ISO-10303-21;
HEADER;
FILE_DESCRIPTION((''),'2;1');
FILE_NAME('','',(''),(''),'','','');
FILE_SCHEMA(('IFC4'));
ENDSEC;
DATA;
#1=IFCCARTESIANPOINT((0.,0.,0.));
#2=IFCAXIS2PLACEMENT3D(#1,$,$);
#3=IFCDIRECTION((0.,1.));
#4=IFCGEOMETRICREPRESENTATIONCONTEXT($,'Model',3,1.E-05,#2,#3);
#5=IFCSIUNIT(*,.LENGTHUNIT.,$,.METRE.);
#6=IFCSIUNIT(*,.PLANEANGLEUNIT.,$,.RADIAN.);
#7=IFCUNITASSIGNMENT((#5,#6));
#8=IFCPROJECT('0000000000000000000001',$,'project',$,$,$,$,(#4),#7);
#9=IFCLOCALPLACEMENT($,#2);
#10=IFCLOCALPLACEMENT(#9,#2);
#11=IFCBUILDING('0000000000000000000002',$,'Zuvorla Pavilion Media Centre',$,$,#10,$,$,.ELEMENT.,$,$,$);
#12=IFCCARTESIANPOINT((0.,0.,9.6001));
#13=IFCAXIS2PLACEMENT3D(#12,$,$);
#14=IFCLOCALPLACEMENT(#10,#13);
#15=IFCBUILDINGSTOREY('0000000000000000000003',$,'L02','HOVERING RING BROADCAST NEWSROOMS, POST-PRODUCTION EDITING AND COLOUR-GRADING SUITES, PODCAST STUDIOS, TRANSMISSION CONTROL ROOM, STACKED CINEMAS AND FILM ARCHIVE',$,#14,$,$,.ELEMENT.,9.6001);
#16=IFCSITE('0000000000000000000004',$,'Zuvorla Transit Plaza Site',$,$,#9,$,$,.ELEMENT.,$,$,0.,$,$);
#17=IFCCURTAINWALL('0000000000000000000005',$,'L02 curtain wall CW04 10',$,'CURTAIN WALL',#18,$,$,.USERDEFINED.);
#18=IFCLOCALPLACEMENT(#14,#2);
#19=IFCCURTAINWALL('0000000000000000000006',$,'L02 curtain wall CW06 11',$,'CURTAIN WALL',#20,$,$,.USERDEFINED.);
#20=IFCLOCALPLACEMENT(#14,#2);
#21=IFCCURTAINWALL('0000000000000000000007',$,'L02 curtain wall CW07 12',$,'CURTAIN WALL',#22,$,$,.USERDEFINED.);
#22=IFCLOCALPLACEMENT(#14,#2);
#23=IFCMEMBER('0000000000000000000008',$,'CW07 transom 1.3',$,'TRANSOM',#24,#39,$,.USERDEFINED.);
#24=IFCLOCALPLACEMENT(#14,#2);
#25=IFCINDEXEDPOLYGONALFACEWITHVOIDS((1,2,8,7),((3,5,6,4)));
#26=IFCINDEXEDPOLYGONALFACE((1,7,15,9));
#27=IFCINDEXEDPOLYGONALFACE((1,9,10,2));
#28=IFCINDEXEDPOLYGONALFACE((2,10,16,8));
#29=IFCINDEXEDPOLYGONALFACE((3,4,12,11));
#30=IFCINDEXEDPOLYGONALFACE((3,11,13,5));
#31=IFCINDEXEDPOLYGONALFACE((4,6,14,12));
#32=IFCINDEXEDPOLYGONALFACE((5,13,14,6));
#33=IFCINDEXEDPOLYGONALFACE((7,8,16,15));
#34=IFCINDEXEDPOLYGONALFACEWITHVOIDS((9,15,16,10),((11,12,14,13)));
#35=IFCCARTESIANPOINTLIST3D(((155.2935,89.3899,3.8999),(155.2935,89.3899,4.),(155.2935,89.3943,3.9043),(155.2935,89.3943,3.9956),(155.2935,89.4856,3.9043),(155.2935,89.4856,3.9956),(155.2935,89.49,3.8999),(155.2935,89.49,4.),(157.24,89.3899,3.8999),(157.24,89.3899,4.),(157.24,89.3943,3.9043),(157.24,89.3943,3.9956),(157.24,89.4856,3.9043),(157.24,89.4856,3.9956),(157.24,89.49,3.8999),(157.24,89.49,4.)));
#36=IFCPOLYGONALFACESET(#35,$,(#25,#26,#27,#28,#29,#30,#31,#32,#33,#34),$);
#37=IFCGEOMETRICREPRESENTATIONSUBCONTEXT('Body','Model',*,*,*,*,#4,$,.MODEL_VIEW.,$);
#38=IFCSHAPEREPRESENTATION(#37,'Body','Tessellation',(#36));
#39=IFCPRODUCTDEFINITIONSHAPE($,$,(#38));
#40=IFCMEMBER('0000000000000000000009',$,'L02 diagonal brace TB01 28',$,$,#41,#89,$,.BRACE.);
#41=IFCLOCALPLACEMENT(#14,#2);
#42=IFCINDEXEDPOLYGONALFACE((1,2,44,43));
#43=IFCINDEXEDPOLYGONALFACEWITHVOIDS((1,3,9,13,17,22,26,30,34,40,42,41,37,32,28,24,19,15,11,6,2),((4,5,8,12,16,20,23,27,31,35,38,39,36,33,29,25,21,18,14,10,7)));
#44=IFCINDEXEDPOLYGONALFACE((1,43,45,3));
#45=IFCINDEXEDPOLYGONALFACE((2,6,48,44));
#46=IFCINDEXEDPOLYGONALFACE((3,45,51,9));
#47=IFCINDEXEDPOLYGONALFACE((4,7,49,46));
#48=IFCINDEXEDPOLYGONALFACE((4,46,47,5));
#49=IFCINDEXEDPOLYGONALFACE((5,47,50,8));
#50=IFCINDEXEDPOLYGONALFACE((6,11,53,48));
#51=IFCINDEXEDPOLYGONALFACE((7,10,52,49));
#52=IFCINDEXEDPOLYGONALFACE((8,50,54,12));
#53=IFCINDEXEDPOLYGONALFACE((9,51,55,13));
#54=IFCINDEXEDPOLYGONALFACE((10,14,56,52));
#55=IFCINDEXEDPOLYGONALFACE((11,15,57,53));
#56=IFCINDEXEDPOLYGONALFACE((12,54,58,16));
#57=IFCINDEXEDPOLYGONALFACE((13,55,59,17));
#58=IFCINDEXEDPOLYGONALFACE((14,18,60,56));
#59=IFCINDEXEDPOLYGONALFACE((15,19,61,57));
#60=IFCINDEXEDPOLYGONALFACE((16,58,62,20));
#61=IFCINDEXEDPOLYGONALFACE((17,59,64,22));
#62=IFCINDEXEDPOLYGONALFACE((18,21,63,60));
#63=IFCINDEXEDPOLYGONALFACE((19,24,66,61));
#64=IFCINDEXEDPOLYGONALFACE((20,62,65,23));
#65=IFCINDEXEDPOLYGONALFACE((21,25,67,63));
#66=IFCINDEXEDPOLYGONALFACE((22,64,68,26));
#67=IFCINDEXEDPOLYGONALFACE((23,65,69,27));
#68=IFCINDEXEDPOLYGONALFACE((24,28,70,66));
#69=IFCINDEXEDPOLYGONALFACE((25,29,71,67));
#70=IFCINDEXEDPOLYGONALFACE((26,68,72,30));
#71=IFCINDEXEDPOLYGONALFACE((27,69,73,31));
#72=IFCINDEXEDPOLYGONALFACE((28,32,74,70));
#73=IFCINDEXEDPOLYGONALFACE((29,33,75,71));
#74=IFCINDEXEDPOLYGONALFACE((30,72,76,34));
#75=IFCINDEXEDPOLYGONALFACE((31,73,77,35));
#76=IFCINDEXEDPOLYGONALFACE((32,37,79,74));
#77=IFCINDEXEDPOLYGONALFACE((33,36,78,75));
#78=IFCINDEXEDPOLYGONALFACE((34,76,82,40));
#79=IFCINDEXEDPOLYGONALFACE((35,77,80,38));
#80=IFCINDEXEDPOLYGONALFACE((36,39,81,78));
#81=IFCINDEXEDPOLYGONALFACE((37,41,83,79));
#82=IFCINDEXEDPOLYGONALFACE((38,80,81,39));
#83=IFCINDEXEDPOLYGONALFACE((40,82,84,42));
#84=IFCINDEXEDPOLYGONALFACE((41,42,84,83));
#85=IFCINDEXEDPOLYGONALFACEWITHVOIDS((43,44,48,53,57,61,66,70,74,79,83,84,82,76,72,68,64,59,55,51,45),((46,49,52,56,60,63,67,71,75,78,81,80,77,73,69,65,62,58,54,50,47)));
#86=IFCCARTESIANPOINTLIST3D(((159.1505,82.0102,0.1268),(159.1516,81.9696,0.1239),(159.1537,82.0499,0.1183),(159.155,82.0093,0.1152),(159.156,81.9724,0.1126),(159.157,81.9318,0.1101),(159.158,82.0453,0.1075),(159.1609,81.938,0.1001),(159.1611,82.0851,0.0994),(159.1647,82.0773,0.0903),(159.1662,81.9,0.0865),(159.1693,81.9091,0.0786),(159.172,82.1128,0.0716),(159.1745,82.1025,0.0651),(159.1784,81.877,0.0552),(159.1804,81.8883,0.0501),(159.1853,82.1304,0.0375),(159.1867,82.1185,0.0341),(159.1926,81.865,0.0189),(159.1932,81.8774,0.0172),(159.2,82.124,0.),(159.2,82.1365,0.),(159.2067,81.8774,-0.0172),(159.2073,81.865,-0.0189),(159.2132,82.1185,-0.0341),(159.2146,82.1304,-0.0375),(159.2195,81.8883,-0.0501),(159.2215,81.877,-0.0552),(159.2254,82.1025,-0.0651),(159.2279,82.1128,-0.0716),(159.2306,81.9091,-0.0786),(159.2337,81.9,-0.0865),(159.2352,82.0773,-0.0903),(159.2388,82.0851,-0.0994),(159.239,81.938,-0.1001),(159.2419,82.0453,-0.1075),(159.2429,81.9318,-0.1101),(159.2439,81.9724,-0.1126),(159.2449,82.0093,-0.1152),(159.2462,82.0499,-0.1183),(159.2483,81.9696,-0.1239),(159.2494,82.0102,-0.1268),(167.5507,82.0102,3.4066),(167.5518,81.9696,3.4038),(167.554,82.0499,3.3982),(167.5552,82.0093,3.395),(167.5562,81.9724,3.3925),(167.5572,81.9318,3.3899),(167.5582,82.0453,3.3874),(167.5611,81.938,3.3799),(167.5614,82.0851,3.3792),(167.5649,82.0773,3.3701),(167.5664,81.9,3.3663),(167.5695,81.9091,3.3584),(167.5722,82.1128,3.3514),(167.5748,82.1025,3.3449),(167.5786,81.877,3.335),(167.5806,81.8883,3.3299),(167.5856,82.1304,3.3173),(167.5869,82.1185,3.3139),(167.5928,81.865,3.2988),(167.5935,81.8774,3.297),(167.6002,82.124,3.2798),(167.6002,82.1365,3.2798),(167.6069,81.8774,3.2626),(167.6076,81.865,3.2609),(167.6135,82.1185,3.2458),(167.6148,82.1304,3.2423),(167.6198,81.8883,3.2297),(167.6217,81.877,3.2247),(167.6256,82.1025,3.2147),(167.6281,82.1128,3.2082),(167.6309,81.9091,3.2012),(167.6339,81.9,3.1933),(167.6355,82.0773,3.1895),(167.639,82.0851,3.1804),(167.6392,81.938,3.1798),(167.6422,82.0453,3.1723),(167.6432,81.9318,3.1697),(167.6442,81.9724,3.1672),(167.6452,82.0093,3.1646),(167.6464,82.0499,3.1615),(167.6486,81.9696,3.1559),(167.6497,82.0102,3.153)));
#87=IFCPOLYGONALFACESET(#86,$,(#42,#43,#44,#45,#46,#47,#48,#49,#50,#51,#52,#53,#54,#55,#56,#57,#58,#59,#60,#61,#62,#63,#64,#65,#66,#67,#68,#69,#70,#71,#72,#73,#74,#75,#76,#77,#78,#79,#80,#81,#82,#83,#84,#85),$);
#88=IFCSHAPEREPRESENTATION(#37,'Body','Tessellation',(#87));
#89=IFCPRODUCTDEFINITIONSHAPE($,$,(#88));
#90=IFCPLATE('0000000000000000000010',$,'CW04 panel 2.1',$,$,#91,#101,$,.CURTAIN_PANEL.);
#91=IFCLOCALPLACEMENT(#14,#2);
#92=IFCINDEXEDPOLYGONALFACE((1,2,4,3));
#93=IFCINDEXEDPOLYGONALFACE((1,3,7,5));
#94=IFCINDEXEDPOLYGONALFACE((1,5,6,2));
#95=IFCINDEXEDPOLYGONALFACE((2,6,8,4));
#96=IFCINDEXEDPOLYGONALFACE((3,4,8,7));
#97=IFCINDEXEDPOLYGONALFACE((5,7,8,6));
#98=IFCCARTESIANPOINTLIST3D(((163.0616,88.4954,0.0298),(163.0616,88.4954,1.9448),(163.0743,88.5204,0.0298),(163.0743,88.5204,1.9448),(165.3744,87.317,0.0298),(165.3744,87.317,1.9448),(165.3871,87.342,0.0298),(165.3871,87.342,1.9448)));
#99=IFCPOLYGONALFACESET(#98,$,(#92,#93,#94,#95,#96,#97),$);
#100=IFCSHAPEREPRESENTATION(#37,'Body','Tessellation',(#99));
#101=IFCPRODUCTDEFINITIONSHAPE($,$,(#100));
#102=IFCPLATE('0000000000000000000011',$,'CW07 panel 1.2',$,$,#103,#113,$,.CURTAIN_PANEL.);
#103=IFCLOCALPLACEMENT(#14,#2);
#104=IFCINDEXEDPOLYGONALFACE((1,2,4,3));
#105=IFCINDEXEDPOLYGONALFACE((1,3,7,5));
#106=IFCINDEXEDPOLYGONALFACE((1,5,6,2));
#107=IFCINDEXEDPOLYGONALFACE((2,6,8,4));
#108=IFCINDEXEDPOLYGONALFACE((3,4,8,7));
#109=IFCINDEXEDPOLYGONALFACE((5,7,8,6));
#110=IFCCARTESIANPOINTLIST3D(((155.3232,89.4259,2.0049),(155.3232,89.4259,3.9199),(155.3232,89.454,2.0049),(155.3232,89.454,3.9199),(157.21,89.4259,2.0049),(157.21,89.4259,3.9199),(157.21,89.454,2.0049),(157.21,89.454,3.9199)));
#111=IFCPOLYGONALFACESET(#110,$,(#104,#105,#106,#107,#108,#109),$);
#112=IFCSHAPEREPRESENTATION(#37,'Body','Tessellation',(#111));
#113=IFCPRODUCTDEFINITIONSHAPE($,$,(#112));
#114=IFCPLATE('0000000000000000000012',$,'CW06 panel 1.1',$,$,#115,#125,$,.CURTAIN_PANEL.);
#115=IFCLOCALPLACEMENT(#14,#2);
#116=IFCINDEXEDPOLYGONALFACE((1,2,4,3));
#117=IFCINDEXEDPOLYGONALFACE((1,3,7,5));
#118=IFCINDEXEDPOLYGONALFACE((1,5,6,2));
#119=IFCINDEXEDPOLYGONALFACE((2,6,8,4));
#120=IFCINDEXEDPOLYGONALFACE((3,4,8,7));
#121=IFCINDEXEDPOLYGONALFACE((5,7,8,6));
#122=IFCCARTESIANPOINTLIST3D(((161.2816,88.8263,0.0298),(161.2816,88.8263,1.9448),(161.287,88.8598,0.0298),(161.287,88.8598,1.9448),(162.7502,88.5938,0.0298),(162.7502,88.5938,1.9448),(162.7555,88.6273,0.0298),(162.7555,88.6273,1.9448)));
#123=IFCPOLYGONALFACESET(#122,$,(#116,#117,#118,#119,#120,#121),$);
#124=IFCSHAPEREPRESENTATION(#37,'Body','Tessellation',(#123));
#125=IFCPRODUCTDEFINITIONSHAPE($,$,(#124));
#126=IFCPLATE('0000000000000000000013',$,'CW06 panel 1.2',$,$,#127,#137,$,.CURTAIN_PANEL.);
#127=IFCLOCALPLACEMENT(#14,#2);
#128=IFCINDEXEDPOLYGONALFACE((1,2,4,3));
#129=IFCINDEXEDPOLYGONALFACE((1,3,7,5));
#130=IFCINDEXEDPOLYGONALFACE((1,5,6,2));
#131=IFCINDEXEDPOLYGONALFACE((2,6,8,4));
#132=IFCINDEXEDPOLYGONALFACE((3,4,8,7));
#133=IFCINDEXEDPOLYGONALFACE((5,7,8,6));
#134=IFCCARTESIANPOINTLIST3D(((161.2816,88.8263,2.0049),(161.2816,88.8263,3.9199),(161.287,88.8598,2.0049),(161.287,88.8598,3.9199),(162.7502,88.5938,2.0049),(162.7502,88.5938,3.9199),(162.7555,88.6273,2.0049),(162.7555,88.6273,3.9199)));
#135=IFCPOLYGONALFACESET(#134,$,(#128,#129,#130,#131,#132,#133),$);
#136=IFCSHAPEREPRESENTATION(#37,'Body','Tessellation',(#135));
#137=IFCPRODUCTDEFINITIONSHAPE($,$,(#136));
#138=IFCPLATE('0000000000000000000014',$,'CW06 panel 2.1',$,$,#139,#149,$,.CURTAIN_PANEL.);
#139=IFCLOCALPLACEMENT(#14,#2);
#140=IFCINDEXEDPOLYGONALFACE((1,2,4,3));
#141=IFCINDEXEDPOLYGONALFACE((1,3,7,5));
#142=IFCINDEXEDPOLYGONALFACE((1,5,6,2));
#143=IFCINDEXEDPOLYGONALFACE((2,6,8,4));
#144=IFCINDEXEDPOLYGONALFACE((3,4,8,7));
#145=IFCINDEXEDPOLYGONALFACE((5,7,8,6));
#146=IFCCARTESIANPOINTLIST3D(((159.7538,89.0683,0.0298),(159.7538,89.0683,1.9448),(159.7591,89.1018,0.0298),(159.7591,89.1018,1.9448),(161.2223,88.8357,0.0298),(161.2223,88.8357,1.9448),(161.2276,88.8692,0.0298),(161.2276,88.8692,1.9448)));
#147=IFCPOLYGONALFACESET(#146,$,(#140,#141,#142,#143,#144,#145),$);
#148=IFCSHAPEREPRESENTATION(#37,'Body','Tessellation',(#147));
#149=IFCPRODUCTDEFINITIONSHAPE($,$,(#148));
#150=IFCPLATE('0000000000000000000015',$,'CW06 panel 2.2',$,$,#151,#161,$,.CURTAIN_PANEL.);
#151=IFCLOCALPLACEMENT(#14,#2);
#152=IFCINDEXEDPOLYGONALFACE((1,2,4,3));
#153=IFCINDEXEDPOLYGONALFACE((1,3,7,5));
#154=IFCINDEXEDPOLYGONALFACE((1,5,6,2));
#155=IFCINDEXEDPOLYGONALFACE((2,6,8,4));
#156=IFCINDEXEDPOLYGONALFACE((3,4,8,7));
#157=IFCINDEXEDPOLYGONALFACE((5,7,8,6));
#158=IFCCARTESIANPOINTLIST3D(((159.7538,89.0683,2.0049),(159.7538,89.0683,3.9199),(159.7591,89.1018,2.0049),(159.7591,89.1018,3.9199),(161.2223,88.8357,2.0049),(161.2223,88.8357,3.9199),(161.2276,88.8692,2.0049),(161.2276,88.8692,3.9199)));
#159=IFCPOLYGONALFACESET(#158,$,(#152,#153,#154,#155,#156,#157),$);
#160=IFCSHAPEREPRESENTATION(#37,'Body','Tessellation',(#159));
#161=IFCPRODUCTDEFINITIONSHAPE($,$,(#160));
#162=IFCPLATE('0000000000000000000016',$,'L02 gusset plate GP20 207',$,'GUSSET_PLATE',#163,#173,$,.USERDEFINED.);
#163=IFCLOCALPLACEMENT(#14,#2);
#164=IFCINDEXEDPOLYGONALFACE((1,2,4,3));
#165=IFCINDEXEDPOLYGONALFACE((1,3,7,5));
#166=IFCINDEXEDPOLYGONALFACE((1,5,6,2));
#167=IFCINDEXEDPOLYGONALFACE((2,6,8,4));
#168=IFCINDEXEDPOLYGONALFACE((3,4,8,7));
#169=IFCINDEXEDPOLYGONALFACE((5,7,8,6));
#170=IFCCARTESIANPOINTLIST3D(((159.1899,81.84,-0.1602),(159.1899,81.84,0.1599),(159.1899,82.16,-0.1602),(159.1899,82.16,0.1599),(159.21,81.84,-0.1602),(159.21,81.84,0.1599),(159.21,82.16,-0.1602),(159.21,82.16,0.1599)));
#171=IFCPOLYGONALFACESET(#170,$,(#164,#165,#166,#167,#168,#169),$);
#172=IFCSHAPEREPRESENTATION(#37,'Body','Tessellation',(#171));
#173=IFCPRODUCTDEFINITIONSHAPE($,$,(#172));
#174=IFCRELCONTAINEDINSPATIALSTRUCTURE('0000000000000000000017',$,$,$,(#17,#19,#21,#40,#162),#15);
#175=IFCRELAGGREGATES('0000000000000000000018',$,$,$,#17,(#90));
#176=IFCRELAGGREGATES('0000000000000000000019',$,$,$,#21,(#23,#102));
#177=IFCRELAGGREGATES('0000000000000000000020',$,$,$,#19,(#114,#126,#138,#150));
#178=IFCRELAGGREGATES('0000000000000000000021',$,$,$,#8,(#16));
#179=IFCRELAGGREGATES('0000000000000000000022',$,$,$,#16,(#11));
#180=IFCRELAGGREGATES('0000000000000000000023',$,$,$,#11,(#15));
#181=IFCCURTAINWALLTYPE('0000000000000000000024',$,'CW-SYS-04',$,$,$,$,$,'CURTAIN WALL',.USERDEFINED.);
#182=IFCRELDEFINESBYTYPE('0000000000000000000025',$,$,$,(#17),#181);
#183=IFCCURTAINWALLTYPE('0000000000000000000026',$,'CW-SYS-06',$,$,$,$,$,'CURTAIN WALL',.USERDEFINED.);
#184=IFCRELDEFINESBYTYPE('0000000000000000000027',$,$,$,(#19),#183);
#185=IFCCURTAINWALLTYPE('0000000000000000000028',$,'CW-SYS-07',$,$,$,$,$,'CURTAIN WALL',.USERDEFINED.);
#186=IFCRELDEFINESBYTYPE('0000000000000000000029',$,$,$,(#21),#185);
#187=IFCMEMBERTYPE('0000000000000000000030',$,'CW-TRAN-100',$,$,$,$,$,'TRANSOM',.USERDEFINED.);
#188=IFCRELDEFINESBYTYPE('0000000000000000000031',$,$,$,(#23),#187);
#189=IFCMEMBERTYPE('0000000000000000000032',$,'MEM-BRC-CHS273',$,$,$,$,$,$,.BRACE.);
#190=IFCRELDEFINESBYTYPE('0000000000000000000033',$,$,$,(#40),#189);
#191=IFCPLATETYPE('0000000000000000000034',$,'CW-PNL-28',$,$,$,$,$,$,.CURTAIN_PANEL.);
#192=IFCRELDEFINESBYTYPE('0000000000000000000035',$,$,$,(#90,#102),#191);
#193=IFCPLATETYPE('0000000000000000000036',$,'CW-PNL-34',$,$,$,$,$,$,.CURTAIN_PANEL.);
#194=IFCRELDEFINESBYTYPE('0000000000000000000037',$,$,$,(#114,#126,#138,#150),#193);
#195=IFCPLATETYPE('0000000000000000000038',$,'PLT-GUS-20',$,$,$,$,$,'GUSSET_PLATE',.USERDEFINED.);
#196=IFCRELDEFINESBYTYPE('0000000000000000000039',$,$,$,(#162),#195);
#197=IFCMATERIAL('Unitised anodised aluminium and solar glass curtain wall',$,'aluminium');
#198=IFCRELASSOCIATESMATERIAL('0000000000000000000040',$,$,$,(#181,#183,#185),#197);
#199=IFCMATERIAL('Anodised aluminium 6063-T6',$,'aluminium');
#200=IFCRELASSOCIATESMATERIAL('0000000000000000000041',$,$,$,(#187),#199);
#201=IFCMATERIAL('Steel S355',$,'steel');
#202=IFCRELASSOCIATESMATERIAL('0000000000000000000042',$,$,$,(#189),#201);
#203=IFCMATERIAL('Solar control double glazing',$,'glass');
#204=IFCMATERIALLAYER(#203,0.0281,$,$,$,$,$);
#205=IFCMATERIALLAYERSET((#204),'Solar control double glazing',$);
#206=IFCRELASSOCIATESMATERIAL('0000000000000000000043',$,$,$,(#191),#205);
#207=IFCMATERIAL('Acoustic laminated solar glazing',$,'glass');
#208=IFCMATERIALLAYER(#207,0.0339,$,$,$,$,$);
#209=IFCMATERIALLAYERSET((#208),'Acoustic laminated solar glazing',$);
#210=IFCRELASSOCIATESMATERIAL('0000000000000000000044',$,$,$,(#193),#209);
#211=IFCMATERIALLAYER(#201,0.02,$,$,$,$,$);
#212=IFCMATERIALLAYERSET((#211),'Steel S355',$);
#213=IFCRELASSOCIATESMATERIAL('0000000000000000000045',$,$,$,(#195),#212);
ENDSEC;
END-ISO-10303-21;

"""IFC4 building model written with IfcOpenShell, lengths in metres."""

from ifc_helpers import new_model, si_unit, direction, frame, origin, origin_2d, place, context, subcontext, project, spatial, rectangle, hollow_rectangle, hollow_circle, extrude, material, layer, layer_set, material_profile, profile_set, type_object, element, aggregate, save


model = new_model("IFC4")

# Units and contexts
model_context = context("Model", 3, precision=1e-05, world=origin(), true_north=direction((0.0, 1.0)))
body_context = subcontext(model_context, "Body", "Model", "MODEL_VIEW")
ifc_project = project(units=[si_unit("LENGTHUNIT", "METRE"), si_unit("PLANEANGLEUNIT", "RADIAN")], contexts=[model_context])

# Site, building, storey
site_placement = place(None, origin())
site = spatial("IfcSite", under=ifc_project, at=site_placement, Name="Zuvorla Transit Plaza Site", CompositionType="ELEMENT", RefElevation=0.0)
building_placement = place(site_placement, origin())
building = spatial("IfcBuilding", under=site, at=building_placement, Name="Zuvorla Pavilion Media Centre", CompositionType="ELEMENT")
storey_placement = place(building_placement, frame((0.0, 0.0, 9.6001)))
storey = spatial("IfcBuildingStorey", under=building, at=storey_placement, Name="L02", Description="HOVERING RING BROADCAST NEWSROOMS, POST-PRODUCTION EDITING AND COLOUR-GRADING SUITES, PODCAST STUDIOS, TRANSMISSION CONTROL ROOM, STACKED CINEMAS AND FILM ARCHIVE", CompositionType="ELEMENT", Elevation=9.6001)

# Shared definitions
ifc_material_1 = material(Name="Steel S355", Category="steel")

# Curtain wall
ifc_material_2 = material(Name="Unitised anodised aluminium and solar glass curtain wall", Category="aluminium")
curtain_wall_type_1 = type_object("IfcCurtainWallType", Name="CW-SYS-04", ElementType="CURTAIN WALL", PredefinedType="USERDEFINED", material=ifc_material_2)
curtain_wall_1_placement = place(storey_placement, origin())
curtain_wall_1 = element("IfcCurtainWall", 1, at=curtain_wall_1_placement, inside=storey, type_object=curtain_wall_type_1, Name="L02 curtain wall CW04 10", ObjectType="CURTAIN WALL", PredefinedType="USERDEFINED")
ifc_material_3 = material(Name="Anodised aluminium 6063-T6", Category="aluminium")

# Curtain wall
curtain_wall_type_2 = type_object("IfcCurtainWallType", Name="CW-SYS-06", ElementType="CURTAIN WALL", PredefinedType="USERDEFINED", material=ifc_material_2)
curtain_wall_2_placement = place(storey_placement, origin())
curtain_wall_2 = element("IfcCurtainWall", 2, at=curtain_wall_2_placement, inside=storey, type_object=curtain_wall_type_2, Name="L02 curtain wall CW06 11", ObjectType="CURTAIN WALL", PredefinedType="USERDEFINED")

# Curtain wall
curtain_wall_type_3 = type_object("IfcCurtainWallType", Name="CW-SYS-07", ElementType="CURTAIN WALL", PredefinedType="USERDEFINED", material=ifc_material_2)
curtain_wall_3_placement = place(storey_placement, origin())
curtain_wall_3 = element("IfcCurtainWall", 3, at=curtain_wall_3_placement, inside=storey, type_object=curtain_wall_type_3, Name="L02 curtain wall CW07 12", ObjectType="CURTAIN WALL", PredefinedType="USERDEFINED")

# Members
ifc_material_profile_1 = material_profile(ifc_material_3, hollow_rectangle(XDim=0.1001, YDim=0.1001, WallThickness=0.0044, at=origin_2d()), Name="ALU TRAN 100x100")
ifc_profile_set_1 = profile_set([ifc_material_profile_1], Name="Anodised aluminium 6063-T6")
member_type_1 = type_object("IfcMemberType", Name="CW-TRAN-100", ElementType="TRANSOM", PredefinedType="USERDEFINED", material=ifc_profile_set_1)
member_1_placement = place(storey_placement, frame((157.24, 89.4399, 3.95), z_axis=(-1.0, 0.0, 0.0), x_axis=(0.0, -1.0, 0.0)))
member_1 = element("IfcMember", 4, at=member_1_placement, type_object=member_type_1, Name="CW07 transom 1.3", ObjectType="TRANSOM", PredefinedType="USERDEFINED", context=body_context, shape_type="SweptSolid", body=[
    extrude(hollow_rectangle(XDim=0.1001, YDim=0.1001, WallThickness=0.0044, at=origin_2d()), origin(), (0.0, 0.0, 1.0), 1.9465),
])
ifc_material_profile_2 = material_profile(ifc_material_1, hollow_circle(Radius=0.1365, WallThickness=0.0125, at=origin_2d()), Name="CHS 273x12.5")
ifc_profile_set_2 = profile_set([ifc_material_profile_2], Name="Steel S355")
member_type_2 = type_object("IfcMemberType", Name="MEM-BRC-CHS273", PredefinedType="BRACE", material=ifc_profile_set_2)
member_2_placement = place(storey_placement, frame((159.2, 82.0, 0.0), z_axis=(0.931515, 0.0, 0.363704), x_axis=(0.0, 1.0, 0.0)))
element("IfcMember", 5, at=member_2_placement, inside=storey, type_object=member_type_2, Name="L02 diagonal brace TB01 28", PredefinedType="BRACE", context=body_context, shape_type="SweptSolid", body=[
    extrude(hollow_circle(Radius=0.1365, WallThickness=0.0125, at=origin_2d()), origin(), (0.0, 0.0, 1.0), 9.0178),
])

# Plates
ifc_material_4 = material(Name="Solar control double glazing", Category="glass")
ifc_layer_1 = layer(ifc_material_4, 0.0281)
ifc_layer_set_1 = layer_set([ifc_layer_1], Name="Solar control double glazing")
plate_type_1 = type_object("IfcPlateType", Name="CW-PNL-28", PredefinedType="CURTAIN_PANEL", material=ifc_layer_set_1)
plate_1_placement = place(storey_placement, frame((164.2244, 87.9187, 0.0298), z_axis=(0.0, 0.0, 1.0), x_axis=(-0.891009, 0.453986, 0.0)))
plate_1 = element("IfcPlate", 6, at=plate_1_placement, type_object=plate_type_1, Name="CW04 panel 2.1", PredefinedType="CURTAIN_PANEL", context=body_context, shape_type="SweptSolid", body=[
    extrude(rectangle(XDim=2.5957, YDim=0.0281, at=origin_2d()), origin(), (0.0, 0.0, 1.0), 1.915),
])
aggregate(curtain_wall_1, [plate_1])
plate_2_placement = place(storey_placement, frame((156.2666, 89.4399, 2.0049), z_axis=(0.0, 0.0, 1.0), x_axis=(-1.0, 0.0, 0.0)))
plate_2 = element("IfcPlate", 7, at=plate_2_placement, type_object=plate_type_1, Name="CW07 panel 1.2", PredefinedType="CURTAIN_PANEL", context=body_context, shape_type="SweptSolid", body=[
    extrude(rectangle(XDim=1.8867, YDim=0.0281, at=origin_2d()), origin(), (0.0, 0.0, 1.0), 1.915),
])
aggregate(curtain_wall_3, [member_1, plate_2])
ifc_material_5 = material(Name="Acoustic laminated solar glazing", Category="glass")
ifc_layer_2 = layer(ifc_material_5, 0.0339)
ifc_layer_set_2 = layer_set([ifc_layer_2], Name="Acoustic laminated solar glazing")
plate_type_2 = type_object("IfcPlateType", Name="CW-PNL-34", PredefinedType="CURTAIN_PANEL", material=ifc_layer_set_2)
plate_3_placement = place(storey_placement, frame((162.0186, 88.7268, 0.0298), z_axis=(0.0, 0.0, 1.0), x_axis=(-0.987691, 0.156421, 0.0)))
plate_3 = element("IfcPlate", 8, at=plate_3_placement, type_object=plate_type_2, Name="CW06 panel 1.1", PredefinedType="CURTAIN_PANEL", context=body_context, shape_type="SweptSolid", body=[
    extrude(rectangle(XDim=1.4868, YDim=0.0339, at=origin_2d()), origin(), (0.0, 0.0, 1.0), 1.915),
])
plate_4_placement = place(storey_placement, frame((162.0186, 88.7268, 2.0049), z_axis=(0.0, 0.0, 1.0), x_axis=(-0.987691, 0.156421, 0.0)))
plate_4 = element("IfcPlate", 9, at=plate_4_placement, type_object=plate_type_2, Name="CW06 panel 1.2", PredefinedType="CURTAIN_PANEL", context=body_context, shape_type="SweptSolid", body=[
    extrude(rectangle(XDim=1.4868, YDim=0.0339, at=origin_2d()), origin(), (0.0, 0.0, 1.0), 1.915),
])
plate_5_placement = place(storey_placement, frame((160.4907, 88.9688, 0.0298), z_axis=(0.0, 0.0, 1.0), x_axis=(-0.987691, 0.156421, 0.0)))
plate_5 = element("IfcPlate", 10, at=plate_5_placement, type_object=plate_type_2, Name="CW06 panel 2.1", PredefinedType="CURTAIN_PANEL", context=body_context, shape_type="SweptSolid", body=[
    extrude(rectangle(XDim=1.4868, YDim=0.0339, at=origin_2d()), origin(), (0.0, 0.0, 1.0), 1.915),
])
plate_6_placement = place(storey_placement, frame((160.4907, 88.9688, 2.0049), z_axis=(0.0, 0.0, 1.0), x_axis=(-0.987691, 0.156421, 0.0)))
plate_6 = element("IfcPlate", 11, at=plate_6_placement, type_object=plate_type_2, Name="CW06 panel 2.2", PredefinedType="CURTAIN_PANEL", context=body_context, shape_type="SweptSolid", body=[
    extrude(rectangle(XDim=1.4868, YDim=0.0339, at=origin_2d()), origin(), (0.0, 0.0, 1.0), 1.915),
])
aggregate(curtain_wall_2, [plate_3, plate_4, plate_5, plate_6])
ifc_layer_3 = layer(ifc_material_1, 0.02)
ifc_layer_set_3 = layer_set([ifc_layer_3], Name="Steel S355")
plate_type_3 = type_object("IfcPlateType", Name="PLT-GUS-20", ElementType="GUSSET_PLATE", PredefinedType="USERDEFINED", material=ifc_layer_set_3)
plate_7_placement = place(storey_placement, frame((159.2, 82.0, -0.1602), z_axis=(0.0, 0.0, 1.0), x_axis=(1.0, 0.0, 0.0)))
element("IfcPlate", 12, at=plate_7_placement, inside=storey, type_object=plate_type_3, Name="L02 gusset plate GP20 207", ObjectType="GUSSET_PLATE", PredefinedType="USERDEFINED", context=body_context, shape_type="SweptSolid", body=[
    extrude(rectangle(XDim=0.02, YDim=0.3201, at=origin_2d()), origin(), (0.0, 0.0, 1.0), 0.3201),
])

save(model, "model.ifc")
